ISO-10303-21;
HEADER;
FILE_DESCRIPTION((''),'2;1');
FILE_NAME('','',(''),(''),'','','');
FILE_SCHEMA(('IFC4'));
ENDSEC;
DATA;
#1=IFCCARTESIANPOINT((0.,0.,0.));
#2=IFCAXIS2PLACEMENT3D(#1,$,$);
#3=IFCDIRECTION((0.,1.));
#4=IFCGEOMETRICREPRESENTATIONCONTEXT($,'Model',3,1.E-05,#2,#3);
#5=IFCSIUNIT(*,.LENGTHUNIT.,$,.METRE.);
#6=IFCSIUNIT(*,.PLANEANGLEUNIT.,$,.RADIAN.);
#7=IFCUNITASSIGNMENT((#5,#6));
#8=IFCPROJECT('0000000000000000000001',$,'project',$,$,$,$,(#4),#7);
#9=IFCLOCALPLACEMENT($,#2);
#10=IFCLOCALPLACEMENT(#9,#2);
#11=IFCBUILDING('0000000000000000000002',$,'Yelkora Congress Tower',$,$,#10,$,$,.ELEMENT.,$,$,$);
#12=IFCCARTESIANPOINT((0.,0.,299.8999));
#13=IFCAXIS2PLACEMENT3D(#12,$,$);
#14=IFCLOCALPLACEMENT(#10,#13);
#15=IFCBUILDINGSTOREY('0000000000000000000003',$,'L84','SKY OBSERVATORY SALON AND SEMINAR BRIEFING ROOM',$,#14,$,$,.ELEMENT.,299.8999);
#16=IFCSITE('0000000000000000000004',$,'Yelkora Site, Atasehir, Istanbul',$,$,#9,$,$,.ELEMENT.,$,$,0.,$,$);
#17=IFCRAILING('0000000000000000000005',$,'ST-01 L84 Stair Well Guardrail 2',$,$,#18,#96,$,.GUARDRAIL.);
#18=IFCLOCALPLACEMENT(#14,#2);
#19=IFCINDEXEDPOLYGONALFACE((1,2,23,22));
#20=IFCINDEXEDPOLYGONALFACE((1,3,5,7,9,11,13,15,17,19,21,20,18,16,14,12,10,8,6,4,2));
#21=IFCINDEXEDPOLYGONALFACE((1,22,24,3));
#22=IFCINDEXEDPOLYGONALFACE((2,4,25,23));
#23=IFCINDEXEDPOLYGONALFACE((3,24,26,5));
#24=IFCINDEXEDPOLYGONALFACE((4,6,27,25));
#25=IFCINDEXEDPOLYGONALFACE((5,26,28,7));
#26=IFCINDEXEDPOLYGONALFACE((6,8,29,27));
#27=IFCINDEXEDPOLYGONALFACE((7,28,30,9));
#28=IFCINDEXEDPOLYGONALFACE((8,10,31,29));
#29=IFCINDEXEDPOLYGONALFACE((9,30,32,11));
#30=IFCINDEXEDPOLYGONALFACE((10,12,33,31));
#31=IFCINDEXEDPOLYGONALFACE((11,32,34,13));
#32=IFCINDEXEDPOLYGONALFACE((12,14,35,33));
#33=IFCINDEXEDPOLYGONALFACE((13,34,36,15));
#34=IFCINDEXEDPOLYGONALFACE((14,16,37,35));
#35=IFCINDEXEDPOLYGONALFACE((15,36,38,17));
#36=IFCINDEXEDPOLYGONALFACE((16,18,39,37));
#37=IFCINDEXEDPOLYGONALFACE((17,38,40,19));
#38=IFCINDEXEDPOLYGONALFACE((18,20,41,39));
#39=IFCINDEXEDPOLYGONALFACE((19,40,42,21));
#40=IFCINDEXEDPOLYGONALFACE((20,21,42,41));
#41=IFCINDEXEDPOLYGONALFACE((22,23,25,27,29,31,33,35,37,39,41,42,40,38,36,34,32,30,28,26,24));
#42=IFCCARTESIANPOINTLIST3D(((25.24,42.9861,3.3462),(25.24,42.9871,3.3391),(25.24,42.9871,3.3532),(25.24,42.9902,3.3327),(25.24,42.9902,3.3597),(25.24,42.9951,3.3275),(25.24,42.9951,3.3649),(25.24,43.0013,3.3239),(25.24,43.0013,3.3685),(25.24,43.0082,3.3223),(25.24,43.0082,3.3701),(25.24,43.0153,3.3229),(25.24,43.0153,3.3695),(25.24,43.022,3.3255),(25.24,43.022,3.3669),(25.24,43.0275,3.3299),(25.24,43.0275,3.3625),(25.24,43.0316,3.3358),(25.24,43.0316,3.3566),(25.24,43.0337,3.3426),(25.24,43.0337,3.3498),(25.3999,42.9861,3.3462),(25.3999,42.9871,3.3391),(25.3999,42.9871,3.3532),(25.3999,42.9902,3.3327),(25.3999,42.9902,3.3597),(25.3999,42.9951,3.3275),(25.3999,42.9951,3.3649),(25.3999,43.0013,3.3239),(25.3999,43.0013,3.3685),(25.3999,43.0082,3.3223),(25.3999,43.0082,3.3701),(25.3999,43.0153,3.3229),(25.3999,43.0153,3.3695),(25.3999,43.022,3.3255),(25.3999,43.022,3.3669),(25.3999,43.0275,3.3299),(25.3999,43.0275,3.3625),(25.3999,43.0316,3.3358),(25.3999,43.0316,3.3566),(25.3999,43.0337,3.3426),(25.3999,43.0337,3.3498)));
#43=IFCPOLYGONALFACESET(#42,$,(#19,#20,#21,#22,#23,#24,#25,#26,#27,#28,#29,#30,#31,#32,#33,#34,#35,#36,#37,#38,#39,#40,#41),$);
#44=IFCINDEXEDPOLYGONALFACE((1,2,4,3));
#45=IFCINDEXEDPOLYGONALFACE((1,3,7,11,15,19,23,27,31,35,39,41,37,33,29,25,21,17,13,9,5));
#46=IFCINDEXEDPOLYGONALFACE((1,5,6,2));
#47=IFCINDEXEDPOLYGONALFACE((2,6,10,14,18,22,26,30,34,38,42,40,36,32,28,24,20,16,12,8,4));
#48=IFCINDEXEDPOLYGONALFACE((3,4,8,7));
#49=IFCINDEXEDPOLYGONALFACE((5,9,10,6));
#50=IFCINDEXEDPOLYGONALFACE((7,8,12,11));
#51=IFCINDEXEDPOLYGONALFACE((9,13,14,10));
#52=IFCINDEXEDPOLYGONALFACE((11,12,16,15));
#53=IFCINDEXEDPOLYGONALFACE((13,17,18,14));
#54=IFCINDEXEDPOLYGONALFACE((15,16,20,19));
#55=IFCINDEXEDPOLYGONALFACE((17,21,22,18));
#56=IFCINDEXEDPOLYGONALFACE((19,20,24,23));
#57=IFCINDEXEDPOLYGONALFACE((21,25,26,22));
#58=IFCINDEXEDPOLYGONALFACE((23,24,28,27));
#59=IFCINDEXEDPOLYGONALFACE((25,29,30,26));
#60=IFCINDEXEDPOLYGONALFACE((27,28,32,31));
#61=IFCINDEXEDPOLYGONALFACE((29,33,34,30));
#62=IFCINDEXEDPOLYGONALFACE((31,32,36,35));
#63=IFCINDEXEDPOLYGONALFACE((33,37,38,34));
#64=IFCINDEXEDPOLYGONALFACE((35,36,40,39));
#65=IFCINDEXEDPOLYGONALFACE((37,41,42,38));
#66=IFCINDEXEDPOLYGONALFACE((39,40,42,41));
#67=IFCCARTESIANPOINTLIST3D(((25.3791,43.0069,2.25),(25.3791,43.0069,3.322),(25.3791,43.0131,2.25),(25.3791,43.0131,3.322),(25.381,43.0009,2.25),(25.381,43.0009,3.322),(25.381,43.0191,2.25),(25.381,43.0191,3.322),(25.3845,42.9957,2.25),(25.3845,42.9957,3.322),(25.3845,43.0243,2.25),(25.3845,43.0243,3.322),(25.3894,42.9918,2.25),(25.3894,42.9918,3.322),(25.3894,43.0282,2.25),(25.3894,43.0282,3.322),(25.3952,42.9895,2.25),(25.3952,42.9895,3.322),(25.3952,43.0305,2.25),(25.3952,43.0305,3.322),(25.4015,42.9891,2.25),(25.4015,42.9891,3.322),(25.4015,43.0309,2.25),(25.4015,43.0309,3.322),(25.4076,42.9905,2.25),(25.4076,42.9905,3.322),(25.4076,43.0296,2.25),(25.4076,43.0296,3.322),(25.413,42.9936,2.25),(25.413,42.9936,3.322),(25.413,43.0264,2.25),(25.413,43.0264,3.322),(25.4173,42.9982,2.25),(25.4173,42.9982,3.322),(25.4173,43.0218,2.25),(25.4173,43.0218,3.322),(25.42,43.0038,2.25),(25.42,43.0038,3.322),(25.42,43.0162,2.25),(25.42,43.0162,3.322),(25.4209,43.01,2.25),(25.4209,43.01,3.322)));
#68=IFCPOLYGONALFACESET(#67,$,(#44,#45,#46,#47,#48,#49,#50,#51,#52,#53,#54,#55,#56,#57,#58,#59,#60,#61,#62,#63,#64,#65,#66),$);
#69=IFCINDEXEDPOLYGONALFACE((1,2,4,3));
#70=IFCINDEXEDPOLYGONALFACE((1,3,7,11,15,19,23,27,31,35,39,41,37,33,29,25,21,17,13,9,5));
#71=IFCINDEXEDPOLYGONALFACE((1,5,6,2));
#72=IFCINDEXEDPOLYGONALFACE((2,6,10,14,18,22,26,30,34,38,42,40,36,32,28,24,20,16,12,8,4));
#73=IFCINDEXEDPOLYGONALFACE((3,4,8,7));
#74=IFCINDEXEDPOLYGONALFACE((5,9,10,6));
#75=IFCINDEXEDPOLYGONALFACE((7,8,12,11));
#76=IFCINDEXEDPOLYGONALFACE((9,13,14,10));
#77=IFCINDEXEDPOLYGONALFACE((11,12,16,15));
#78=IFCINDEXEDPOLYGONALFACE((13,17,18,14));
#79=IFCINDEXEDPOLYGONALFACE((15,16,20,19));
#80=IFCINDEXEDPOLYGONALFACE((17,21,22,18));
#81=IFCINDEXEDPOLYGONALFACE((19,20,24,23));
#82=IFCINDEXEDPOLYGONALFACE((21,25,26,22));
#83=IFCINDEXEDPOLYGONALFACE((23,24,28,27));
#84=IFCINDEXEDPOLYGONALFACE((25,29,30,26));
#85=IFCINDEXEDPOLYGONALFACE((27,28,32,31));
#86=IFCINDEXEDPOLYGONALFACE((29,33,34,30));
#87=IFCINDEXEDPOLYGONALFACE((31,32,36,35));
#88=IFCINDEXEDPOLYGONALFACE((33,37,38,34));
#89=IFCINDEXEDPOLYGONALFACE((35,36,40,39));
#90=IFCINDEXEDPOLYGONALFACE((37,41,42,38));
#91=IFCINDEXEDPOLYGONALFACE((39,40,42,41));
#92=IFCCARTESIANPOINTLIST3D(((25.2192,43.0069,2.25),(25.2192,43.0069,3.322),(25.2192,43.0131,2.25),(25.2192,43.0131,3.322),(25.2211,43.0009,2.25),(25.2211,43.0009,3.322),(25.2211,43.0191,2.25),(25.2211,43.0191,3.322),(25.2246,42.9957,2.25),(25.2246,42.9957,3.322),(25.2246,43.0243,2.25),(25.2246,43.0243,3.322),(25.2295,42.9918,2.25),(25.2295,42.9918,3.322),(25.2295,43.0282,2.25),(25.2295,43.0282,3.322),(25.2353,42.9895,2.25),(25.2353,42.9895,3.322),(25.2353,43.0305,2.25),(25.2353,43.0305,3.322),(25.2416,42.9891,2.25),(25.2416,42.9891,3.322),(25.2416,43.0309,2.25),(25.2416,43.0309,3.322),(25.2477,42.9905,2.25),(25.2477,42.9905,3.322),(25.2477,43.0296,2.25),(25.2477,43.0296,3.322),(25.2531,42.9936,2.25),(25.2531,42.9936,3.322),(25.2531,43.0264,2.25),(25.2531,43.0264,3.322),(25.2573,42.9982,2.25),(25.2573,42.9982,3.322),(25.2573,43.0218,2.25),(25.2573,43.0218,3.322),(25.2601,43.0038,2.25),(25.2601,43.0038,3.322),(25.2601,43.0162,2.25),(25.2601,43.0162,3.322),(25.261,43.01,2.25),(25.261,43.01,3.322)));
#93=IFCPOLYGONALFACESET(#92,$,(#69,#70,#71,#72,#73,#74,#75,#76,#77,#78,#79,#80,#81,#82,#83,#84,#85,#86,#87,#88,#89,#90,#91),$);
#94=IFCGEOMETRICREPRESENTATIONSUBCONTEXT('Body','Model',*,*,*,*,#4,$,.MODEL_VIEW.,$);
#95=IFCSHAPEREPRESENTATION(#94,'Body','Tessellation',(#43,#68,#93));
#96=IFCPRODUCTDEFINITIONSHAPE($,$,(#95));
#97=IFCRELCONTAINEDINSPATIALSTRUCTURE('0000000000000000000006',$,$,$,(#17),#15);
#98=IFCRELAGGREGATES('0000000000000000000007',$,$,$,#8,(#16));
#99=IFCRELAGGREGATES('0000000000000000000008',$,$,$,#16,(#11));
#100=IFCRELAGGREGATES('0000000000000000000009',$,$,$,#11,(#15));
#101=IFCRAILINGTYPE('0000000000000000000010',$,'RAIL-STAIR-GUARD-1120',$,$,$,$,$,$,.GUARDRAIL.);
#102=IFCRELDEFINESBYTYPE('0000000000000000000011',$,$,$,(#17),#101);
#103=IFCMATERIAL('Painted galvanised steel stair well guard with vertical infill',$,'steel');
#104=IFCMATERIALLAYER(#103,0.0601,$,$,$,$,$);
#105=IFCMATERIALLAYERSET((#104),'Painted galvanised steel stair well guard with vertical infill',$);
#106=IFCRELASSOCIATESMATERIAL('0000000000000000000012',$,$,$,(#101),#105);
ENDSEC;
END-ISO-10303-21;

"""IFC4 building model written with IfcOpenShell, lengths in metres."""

from ifc_helpers import new_model, si_unit, direction, frame, origin, origin_2d, place, context, subcontext, project, spatial, circle, extrude, material, layer, layer_set, type_object, element, save


model = new_model("IFC4")

# Units and contexts
model_context = context("Model", 3, precision=1e-05, world=origin(), true_north=direction((0.0, 1.0)))
body_context = subcontext(model_context, "Body", "Model", "MODEL_VIEW")
ifc_project = project(units=[si_unit("LENGTHUNIT", "METRE"), si_unit("PLANEANGLEUNIT", "RADIAN")], contexts=[model_context])

# Site, building, storey
site_placement = place(None, origin())
site = spatial("IfcSite", under=ifc_project, at=site_placement, Name="Yelkora Site, Atasehir, Istanbul", CompositionType="ELEMENT", RefElevation=0.0)
building_placement = place(site_placement, origin())
building = spatial("IfcBuilding", under=site, at=building_placement, Name="Yelkora Congress Tower", CompositionType="ELEMENT")
storey_placement = place(building_placement, frame((0.0, 0.0, 299.8999)))
storey = spatial("IfcBuildingStorey", under=building, at=storey_placement, Name="L84", Description="SKY OBSERVATORY SALON AND SEMINAR BRIEFING ROOM", CompositionType="ELEMENT", Elevation=299.8999)

# Railing
ifc_material_1 = material(Name="Painted galvanised steel stair well guard with vertical infill", Category="steel")
ifc_layer_1 = layer(ifc_material_1, 0.0601)
ifc_layer_set_1 = layer_set([ifc_layer_1], Name="Painted galvanised steel stair well guard with vertical infill")
railing_type = type_object("IfcRailingType", Name="RAIL-STAIR-GUARD-1120", PredefinedType="GUARDRAIL", material=ifc_layer_set_1)
railing_1_placement = place(storey_placement, frame((25.3999, 43.01, 2.25)))
element("IfcRailing", 1, at=railing_1_placement, inside=storey, type_object=railing_type, Name="ST-01 L84 Stair Well Guardrail 2", PredefinedType="GUARDRAIL", context=body_context, shape_type="SweptSolid", body=[
    extrude(circle(Radius=0.0239, at=origin_2d()), frame((0.0, 0.0, 1.0962), z_axis=(-1.0, 0.0, 0.0), x_axis=(0.0, -1.0, 0.0)), (0.0, 0.0, 1.0), 0.1599),
    extrude(circle(Radius=0.021, at=origin_2d()), origin(), (0.0, 0.0, 1.0), 1.072),
    extrude(circle(Radius=0.021, at=origin_2d()), frame((-0.1599, 0.0, 0.0)), (0.0, 0.0, 1.0), 1.072),
])

save(model, "model.ifc")
